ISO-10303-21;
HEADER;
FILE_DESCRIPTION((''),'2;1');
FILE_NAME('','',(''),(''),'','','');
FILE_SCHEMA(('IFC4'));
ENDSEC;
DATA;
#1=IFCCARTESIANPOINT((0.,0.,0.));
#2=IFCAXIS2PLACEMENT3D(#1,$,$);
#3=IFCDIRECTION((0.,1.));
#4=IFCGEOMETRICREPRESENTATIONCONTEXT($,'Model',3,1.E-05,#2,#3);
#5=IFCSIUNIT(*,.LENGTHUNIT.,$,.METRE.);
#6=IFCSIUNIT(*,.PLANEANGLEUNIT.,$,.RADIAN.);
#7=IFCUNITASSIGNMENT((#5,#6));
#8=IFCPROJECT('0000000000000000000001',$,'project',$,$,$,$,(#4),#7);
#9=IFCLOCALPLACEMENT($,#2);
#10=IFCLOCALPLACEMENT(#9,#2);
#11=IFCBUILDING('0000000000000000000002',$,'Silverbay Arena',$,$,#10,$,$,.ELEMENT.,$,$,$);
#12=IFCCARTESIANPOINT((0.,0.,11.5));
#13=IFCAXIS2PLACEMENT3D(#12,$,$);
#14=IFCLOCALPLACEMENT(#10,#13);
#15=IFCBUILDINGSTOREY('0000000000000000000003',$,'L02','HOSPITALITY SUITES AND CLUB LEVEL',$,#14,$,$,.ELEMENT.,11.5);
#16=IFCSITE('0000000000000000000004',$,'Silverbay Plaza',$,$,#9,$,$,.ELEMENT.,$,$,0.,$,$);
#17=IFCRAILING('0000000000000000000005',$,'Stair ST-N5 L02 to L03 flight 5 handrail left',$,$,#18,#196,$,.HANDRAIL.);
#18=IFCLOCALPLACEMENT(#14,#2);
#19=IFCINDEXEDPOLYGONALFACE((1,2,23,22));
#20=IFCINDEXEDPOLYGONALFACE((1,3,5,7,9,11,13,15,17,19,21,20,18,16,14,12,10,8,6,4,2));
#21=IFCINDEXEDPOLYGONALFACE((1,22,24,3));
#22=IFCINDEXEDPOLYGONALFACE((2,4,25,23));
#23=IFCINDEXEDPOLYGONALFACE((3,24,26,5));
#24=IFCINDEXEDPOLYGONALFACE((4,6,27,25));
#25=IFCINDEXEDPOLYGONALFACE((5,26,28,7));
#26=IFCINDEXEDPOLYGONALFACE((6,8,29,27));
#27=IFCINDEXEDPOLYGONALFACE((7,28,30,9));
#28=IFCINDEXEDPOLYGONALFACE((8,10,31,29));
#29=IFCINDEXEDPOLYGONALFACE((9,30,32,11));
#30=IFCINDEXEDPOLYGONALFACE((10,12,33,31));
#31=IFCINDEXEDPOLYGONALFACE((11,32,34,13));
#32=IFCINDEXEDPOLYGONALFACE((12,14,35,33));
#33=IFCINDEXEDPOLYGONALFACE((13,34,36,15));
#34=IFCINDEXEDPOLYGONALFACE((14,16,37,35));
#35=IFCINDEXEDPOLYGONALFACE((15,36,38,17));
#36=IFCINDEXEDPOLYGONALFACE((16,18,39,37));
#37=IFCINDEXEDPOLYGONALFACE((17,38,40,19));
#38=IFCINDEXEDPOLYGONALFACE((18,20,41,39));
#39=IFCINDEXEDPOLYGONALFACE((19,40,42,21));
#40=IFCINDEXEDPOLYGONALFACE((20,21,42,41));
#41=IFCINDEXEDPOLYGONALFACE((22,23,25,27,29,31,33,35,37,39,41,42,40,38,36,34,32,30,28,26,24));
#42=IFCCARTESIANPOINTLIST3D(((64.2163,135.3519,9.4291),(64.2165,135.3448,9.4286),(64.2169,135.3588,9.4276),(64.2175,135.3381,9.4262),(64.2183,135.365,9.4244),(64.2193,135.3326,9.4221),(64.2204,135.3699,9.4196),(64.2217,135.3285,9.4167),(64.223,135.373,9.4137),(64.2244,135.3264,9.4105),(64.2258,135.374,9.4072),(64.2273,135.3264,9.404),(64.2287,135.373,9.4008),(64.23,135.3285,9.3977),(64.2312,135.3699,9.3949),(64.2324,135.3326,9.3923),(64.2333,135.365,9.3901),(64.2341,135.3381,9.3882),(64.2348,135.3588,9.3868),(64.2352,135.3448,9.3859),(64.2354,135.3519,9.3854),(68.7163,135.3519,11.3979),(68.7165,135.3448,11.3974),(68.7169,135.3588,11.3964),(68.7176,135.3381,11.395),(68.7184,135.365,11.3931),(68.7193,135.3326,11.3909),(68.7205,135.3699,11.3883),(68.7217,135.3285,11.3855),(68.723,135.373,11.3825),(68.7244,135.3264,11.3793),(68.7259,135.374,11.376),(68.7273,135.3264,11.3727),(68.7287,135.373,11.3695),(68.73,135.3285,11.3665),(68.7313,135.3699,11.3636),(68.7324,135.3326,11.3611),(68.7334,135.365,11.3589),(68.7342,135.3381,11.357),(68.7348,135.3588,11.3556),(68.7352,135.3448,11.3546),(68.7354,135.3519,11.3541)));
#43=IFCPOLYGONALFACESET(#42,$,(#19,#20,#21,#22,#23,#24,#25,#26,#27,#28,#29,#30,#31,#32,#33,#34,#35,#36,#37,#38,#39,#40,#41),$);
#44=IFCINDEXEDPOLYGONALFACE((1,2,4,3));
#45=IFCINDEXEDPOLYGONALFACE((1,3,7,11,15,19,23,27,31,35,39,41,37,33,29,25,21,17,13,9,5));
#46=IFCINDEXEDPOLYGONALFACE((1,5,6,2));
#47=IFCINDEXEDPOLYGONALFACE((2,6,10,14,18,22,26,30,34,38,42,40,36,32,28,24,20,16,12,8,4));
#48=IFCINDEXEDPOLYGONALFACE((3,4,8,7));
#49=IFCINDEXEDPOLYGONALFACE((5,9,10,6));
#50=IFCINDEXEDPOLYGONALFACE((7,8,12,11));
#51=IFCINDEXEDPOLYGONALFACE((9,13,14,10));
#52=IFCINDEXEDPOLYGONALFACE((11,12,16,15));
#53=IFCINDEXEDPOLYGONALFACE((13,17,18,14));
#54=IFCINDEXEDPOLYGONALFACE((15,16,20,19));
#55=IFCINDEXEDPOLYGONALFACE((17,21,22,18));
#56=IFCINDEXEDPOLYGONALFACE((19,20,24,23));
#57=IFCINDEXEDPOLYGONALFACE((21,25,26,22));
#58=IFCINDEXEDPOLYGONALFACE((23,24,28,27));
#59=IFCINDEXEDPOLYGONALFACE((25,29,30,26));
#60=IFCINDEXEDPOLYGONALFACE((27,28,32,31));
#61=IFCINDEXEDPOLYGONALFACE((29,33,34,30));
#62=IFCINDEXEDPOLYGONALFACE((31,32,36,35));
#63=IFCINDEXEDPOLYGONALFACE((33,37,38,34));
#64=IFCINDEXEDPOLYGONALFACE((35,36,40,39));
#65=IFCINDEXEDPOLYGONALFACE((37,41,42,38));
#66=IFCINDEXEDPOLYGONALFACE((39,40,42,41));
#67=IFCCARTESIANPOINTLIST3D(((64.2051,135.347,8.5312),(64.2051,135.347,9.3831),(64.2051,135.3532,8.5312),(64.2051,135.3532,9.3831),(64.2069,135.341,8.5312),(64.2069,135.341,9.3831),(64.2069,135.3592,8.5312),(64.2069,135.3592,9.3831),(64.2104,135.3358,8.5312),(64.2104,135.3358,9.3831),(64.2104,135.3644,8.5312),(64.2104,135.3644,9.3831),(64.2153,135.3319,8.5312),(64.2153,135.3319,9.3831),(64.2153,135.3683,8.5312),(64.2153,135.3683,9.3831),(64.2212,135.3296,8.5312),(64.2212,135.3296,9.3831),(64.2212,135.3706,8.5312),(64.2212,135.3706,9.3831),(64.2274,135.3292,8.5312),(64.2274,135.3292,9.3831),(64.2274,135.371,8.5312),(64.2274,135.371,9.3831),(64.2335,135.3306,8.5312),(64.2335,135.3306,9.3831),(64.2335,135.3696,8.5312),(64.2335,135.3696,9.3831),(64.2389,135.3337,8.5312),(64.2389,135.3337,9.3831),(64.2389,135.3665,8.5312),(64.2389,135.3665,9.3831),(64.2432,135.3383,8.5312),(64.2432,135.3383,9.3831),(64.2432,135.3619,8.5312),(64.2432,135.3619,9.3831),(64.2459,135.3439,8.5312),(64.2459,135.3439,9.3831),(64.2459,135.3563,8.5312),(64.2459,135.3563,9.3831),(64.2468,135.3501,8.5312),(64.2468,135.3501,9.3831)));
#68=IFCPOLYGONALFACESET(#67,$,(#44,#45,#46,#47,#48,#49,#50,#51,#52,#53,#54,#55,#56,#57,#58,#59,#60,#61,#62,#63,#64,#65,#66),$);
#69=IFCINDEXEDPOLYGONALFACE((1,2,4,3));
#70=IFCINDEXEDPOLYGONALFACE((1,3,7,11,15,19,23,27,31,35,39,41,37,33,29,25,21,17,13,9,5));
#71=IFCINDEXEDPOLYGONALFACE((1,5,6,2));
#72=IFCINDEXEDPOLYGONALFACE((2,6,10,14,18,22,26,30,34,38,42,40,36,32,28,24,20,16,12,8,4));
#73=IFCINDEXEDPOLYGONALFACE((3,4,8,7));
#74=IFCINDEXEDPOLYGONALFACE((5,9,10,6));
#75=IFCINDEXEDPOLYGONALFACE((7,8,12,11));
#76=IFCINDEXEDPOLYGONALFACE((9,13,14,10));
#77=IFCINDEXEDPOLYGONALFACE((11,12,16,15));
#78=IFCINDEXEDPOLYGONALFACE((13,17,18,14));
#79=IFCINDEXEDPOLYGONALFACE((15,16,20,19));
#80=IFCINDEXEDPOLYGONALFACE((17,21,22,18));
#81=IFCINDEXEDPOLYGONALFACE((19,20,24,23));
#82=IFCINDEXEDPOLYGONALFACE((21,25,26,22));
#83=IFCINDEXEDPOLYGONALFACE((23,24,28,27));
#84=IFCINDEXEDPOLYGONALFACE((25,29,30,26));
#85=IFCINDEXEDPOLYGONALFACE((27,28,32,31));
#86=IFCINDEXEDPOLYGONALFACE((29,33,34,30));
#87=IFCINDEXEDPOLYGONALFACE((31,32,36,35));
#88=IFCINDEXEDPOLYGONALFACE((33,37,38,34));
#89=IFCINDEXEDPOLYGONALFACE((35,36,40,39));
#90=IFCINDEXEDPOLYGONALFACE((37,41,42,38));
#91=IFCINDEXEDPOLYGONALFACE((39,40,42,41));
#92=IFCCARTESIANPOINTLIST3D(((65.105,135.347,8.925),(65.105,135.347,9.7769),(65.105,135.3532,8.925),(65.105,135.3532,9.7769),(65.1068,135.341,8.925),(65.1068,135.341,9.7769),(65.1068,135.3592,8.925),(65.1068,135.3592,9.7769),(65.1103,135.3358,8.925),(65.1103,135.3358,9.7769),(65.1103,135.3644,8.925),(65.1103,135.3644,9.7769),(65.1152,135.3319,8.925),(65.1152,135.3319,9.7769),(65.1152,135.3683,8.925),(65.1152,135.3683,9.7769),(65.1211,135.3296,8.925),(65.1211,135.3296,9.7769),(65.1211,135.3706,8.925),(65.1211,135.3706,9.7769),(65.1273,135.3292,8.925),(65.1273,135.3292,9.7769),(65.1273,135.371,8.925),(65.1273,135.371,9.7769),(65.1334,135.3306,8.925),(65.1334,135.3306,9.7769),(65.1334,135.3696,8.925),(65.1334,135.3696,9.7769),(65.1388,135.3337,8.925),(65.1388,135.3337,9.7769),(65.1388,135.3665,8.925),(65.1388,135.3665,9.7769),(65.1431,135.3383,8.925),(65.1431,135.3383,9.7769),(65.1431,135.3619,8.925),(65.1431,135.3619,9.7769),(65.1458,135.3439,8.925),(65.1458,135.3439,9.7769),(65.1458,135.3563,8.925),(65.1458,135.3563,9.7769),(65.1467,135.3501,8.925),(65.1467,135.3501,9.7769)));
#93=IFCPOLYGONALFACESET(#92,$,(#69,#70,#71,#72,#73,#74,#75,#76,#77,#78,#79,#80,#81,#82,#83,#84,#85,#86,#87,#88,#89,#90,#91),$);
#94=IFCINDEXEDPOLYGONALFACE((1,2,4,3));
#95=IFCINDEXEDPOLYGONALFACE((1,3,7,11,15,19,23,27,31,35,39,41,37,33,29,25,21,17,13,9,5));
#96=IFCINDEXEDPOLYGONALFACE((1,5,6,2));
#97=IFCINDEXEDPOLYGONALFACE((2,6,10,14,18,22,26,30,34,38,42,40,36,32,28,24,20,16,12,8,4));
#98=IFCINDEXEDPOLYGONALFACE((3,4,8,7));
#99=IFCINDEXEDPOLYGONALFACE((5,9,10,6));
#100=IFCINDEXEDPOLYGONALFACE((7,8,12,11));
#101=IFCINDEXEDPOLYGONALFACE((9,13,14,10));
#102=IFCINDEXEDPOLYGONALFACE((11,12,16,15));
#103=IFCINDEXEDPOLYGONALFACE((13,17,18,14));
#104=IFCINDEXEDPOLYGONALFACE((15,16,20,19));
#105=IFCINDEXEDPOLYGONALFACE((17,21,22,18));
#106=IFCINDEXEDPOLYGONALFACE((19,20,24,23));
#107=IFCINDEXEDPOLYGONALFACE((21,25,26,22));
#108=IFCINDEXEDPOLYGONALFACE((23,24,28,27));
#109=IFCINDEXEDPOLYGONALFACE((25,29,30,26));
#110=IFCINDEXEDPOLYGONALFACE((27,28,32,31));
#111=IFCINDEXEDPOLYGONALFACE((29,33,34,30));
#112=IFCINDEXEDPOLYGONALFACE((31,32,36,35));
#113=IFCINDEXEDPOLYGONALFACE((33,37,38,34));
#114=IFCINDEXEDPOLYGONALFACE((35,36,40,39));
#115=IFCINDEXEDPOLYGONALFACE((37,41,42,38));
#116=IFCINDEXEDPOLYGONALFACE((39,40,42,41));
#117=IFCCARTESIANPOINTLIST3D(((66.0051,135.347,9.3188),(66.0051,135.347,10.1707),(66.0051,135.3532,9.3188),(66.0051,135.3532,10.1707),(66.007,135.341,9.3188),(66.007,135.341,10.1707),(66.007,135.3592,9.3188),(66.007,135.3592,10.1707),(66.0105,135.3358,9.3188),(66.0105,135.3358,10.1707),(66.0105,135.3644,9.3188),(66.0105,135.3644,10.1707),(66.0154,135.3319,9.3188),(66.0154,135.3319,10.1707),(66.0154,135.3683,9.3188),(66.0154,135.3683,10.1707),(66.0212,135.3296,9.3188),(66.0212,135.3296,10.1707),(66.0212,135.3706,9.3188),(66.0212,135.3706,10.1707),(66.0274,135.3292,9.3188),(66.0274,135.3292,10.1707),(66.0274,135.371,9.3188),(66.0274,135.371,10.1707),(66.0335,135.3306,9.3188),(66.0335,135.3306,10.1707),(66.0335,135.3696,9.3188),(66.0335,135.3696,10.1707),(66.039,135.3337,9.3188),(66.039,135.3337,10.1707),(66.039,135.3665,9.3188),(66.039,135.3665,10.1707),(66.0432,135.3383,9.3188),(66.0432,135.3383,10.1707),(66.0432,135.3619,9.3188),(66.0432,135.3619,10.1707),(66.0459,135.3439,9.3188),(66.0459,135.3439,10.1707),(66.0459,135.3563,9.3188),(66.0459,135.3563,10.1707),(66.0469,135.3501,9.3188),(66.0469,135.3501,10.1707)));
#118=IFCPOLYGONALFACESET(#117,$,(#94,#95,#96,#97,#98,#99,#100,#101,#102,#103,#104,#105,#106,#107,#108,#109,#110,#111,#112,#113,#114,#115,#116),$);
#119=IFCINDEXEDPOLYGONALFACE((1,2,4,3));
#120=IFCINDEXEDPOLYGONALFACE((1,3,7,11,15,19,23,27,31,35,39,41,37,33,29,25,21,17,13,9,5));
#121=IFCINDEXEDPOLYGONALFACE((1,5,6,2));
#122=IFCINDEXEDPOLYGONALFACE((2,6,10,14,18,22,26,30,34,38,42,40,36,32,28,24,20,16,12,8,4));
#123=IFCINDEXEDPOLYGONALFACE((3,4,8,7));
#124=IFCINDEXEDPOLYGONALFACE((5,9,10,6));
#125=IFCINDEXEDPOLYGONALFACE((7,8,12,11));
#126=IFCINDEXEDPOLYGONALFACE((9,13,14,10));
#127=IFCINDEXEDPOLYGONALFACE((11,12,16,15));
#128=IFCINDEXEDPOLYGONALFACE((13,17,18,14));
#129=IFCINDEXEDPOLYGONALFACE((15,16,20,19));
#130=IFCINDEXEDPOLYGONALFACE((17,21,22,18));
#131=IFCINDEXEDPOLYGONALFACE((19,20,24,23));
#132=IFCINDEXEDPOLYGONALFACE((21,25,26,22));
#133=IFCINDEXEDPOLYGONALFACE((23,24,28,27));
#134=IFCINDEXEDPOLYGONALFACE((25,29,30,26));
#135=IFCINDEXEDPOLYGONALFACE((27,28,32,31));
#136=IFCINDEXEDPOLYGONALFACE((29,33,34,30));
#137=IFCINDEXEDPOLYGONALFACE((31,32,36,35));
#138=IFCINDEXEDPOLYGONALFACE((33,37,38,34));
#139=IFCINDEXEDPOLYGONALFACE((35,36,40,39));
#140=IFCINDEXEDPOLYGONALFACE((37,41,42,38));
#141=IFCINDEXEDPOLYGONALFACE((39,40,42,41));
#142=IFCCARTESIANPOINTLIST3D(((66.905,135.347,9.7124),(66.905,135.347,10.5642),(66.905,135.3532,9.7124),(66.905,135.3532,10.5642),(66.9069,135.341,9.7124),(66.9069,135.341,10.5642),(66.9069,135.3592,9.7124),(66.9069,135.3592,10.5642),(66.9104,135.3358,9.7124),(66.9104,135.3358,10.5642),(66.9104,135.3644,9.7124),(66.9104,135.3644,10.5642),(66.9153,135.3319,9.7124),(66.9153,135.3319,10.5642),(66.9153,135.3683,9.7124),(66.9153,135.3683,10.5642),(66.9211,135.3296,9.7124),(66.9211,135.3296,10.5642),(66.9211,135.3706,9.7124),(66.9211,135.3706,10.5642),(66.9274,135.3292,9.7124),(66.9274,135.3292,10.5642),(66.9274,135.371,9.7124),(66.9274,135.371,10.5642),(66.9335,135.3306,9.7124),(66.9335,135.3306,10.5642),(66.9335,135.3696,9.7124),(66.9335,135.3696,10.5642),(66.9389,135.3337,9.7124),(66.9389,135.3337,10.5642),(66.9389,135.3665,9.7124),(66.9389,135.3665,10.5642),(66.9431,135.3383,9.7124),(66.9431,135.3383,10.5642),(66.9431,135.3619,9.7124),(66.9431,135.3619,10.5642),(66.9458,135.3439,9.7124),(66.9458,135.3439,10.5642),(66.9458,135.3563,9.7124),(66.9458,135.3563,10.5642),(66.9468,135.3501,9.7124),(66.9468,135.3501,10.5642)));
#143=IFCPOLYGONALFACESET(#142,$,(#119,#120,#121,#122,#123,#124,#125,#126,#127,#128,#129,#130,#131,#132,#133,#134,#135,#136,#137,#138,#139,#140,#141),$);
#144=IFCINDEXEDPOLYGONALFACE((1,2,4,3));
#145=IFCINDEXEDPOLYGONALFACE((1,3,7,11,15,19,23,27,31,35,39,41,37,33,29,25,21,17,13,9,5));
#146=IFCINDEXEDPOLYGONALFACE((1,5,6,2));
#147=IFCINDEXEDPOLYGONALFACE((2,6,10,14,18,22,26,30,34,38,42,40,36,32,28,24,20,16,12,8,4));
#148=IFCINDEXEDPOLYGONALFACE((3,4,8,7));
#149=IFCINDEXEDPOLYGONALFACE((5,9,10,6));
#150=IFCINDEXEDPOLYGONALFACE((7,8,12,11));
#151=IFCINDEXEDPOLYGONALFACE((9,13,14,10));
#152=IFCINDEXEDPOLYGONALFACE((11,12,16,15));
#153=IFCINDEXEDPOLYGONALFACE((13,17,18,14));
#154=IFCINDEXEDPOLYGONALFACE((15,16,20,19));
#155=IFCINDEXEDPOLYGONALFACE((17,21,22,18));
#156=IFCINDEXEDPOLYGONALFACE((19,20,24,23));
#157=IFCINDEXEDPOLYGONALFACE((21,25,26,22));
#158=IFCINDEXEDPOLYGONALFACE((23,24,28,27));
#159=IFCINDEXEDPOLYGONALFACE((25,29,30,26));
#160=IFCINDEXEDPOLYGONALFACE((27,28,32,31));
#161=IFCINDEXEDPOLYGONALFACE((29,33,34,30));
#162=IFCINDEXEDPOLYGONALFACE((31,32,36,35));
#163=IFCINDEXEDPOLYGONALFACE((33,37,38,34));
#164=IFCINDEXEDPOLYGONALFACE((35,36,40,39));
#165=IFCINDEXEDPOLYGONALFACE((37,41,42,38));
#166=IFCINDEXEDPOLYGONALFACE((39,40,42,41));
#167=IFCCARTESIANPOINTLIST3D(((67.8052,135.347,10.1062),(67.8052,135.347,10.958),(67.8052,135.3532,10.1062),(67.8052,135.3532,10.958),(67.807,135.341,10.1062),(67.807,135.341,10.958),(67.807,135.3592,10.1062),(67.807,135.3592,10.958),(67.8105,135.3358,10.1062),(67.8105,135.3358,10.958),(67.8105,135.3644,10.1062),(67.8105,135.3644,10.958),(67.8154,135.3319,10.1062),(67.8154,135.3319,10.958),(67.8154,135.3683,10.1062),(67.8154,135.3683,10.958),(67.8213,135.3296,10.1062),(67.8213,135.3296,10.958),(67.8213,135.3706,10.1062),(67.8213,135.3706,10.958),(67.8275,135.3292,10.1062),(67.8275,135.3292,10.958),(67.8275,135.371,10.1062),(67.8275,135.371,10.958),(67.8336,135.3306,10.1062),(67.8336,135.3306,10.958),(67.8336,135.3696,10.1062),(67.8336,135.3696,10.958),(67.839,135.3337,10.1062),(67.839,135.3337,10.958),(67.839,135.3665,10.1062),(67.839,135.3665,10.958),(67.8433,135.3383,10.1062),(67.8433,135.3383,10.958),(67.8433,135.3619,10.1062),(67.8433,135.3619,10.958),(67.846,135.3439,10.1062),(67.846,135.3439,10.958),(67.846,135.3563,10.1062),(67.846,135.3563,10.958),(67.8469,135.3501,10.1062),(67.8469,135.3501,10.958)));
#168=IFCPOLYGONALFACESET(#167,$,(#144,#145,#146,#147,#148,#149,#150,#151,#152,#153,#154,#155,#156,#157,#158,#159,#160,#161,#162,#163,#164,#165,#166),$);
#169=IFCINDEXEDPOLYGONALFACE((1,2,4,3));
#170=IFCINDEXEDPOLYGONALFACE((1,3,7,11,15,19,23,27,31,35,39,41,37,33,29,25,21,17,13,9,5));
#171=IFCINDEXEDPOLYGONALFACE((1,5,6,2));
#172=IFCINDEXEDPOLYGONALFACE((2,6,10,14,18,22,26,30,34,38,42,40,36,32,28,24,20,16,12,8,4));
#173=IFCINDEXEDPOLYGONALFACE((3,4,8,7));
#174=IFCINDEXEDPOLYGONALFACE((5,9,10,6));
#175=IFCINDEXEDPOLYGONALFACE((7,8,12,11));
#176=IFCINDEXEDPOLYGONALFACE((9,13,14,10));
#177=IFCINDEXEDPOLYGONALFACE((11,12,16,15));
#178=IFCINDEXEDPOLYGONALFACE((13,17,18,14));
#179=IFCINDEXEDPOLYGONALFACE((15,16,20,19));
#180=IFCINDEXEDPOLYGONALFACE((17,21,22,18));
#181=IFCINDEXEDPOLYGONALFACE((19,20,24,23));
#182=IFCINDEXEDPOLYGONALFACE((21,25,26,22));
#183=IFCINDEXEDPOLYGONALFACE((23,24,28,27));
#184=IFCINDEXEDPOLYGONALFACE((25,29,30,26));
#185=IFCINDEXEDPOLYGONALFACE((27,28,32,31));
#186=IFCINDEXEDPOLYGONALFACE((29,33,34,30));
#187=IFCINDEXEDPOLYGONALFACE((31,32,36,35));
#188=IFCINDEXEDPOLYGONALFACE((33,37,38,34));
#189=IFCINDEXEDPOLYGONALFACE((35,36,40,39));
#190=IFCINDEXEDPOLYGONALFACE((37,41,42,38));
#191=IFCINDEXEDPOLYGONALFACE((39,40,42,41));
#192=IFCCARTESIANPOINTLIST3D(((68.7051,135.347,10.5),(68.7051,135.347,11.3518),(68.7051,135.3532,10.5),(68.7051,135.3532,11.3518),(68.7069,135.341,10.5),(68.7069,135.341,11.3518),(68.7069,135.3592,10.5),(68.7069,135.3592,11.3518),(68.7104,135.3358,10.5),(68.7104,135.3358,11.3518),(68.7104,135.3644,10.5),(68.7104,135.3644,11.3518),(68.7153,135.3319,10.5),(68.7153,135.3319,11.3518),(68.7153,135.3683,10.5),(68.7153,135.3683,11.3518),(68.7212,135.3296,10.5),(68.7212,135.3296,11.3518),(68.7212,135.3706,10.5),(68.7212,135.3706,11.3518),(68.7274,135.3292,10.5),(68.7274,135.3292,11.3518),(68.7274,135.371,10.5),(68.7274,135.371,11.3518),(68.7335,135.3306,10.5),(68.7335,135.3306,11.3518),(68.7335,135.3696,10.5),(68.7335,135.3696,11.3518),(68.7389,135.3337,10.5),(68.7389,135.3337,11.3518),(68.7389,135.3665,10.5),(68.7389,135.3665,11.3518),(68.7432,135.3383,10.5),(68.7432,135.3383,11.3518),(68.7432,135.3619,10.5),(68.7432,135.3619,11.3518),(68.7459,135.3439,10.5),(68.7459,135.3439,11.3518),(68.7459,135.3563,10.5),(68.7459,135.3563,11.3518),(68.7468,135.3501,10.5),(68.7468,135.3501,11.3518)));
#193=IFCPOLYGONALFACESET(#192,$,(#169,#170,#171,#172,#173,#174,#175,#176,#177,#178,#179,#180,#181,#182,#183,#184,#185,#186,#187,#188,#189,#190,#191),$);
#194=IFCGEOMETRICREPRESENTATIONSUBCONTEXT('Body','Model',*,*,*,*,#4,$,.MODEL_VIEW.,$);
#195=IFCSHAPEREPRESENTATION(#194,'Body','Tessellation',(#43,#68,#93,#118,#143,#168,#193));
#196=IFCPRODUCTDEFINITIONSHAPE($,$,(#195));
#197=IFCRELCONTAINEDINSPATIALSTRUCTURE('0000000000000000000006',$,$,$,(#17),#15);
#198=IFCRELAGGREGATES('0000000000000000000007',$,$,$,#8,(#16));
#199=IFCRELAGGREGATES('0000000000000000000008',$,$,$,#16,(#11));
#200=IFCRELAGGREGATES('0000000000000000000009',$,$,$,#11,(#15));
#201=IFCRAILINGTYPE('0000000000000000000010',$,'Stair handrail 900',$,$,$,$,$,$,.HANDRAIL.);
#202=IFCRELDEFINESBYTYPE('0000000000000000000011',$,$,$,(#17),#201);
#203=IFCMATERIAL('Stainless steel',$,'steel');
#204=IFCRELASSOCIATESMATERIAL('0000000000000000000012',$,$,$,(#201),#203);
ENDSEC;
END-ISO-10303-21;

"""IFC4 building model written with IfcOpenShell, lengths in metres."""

from ifc_helpers import new_model, si_unit, direction, frame, origin, origin_2d, place, context, subcontext, project, spatial, circle, extrude, material, type_object, element, save


model = new_model("IFC4")

# Units and contexts
model_context = context("Model", 3, precision=1e-05, world=origin(), true_north=direction((0.0, 1.0)))
body_context = subcontext(model_context, "Body", "Model", "MODEL_VIEW")
ifc_project = project(units=[si_unit("LENGTHUNIT", "METRE"), si_unit("PLANEANGLEUNIT", "RADIAN")], contexts=[model_context])

# Site, building, storey
site_placement = place(None, origin())
site = spatial("IfcSite", under=ifc_project, at=site_placement, Name="Silverbay Plaza", CompositionType="ELEMENT", RefElevation=0.0)
building_placement = place(site_placement, origin())
building = spatial("IfcBuilding", under=site, at=building_placement, Name="Silverbay Arena", CompositionType="ELEMENT")
storey_placement = place(building_placement, frame((0.0, 0.0, 11.5)))
storey = spatial("IfcBuildingStorey", under=building, at=storey_placement, Name="L02", Description="HOSPITALITY SUITES AND CLUB LEVEL", CompositionType="ELEMENT", Elevation=11.5)

# Railing
ifc_material_1 = material(Name="Stainless steel", Category="steel")
railing_type_1 = type_object("IfcRailingType", Name="Stair handrail 900", PredefinedType="HANDRAIL", material=ifc_material_1)
for number, where, name in (
    (1, (64.2258, 135.3501, 8.5312), "Stair ST-N5 L02 to L03 flight 5 handrail left"),
):
    element("IfcRailing", number, at=place(storey_placement, frame(where)), inside=storey, type_object=railing_type_1, Name=name, PredefinedType="HANDRAIL", context=body_context, shape_type="SweptSolid", body=[
        extrude(circle(Radius=0.0239, at=origin_2d()), frame((0.0, 0.0, 0.876), z_axis=(0.916157, 0.0, 0.400819), x_axis=(0.0, 1.0, 0.0)), (0.0, 0.0, 1.0), 4.9119),
        extrude(circle(Radius=0.021, at=origin_2d()), origin(), (0.0, 0.0, 1.0), 0.8518),
        extrude(circle(Radius=0.021, at=origin_2d()), frame((0.8999, 0.0, 0.3938)), (0.0, 0.0, 1.0), 0.8518),
        extrude(circle(Radius=0.021, at=origin_2d()), frame((1.8, 0.0, 0.7876)), (0.0, 0.0, 1.0), 0.8518),
        extrude(circle(Radius=0.021, at=origin_2d()), frame((2.7, 0.0, 1.1812)), (0.0, 0.0, 1.0), 0.8518),
        extrude(circle(Radius=0.021, at=origin_2d()), frame((3.6001, 0.0, 1.575)), (0.0, 0.0, 1.0), 0.8518),
        extrude(circle(Radius=0.021, at=origin_2d()), frame((4.5, 0.0, 1.9688)), (0.0, 0.0, 1.0), 0.8518),
    ])

save(model, "model.ifc")
